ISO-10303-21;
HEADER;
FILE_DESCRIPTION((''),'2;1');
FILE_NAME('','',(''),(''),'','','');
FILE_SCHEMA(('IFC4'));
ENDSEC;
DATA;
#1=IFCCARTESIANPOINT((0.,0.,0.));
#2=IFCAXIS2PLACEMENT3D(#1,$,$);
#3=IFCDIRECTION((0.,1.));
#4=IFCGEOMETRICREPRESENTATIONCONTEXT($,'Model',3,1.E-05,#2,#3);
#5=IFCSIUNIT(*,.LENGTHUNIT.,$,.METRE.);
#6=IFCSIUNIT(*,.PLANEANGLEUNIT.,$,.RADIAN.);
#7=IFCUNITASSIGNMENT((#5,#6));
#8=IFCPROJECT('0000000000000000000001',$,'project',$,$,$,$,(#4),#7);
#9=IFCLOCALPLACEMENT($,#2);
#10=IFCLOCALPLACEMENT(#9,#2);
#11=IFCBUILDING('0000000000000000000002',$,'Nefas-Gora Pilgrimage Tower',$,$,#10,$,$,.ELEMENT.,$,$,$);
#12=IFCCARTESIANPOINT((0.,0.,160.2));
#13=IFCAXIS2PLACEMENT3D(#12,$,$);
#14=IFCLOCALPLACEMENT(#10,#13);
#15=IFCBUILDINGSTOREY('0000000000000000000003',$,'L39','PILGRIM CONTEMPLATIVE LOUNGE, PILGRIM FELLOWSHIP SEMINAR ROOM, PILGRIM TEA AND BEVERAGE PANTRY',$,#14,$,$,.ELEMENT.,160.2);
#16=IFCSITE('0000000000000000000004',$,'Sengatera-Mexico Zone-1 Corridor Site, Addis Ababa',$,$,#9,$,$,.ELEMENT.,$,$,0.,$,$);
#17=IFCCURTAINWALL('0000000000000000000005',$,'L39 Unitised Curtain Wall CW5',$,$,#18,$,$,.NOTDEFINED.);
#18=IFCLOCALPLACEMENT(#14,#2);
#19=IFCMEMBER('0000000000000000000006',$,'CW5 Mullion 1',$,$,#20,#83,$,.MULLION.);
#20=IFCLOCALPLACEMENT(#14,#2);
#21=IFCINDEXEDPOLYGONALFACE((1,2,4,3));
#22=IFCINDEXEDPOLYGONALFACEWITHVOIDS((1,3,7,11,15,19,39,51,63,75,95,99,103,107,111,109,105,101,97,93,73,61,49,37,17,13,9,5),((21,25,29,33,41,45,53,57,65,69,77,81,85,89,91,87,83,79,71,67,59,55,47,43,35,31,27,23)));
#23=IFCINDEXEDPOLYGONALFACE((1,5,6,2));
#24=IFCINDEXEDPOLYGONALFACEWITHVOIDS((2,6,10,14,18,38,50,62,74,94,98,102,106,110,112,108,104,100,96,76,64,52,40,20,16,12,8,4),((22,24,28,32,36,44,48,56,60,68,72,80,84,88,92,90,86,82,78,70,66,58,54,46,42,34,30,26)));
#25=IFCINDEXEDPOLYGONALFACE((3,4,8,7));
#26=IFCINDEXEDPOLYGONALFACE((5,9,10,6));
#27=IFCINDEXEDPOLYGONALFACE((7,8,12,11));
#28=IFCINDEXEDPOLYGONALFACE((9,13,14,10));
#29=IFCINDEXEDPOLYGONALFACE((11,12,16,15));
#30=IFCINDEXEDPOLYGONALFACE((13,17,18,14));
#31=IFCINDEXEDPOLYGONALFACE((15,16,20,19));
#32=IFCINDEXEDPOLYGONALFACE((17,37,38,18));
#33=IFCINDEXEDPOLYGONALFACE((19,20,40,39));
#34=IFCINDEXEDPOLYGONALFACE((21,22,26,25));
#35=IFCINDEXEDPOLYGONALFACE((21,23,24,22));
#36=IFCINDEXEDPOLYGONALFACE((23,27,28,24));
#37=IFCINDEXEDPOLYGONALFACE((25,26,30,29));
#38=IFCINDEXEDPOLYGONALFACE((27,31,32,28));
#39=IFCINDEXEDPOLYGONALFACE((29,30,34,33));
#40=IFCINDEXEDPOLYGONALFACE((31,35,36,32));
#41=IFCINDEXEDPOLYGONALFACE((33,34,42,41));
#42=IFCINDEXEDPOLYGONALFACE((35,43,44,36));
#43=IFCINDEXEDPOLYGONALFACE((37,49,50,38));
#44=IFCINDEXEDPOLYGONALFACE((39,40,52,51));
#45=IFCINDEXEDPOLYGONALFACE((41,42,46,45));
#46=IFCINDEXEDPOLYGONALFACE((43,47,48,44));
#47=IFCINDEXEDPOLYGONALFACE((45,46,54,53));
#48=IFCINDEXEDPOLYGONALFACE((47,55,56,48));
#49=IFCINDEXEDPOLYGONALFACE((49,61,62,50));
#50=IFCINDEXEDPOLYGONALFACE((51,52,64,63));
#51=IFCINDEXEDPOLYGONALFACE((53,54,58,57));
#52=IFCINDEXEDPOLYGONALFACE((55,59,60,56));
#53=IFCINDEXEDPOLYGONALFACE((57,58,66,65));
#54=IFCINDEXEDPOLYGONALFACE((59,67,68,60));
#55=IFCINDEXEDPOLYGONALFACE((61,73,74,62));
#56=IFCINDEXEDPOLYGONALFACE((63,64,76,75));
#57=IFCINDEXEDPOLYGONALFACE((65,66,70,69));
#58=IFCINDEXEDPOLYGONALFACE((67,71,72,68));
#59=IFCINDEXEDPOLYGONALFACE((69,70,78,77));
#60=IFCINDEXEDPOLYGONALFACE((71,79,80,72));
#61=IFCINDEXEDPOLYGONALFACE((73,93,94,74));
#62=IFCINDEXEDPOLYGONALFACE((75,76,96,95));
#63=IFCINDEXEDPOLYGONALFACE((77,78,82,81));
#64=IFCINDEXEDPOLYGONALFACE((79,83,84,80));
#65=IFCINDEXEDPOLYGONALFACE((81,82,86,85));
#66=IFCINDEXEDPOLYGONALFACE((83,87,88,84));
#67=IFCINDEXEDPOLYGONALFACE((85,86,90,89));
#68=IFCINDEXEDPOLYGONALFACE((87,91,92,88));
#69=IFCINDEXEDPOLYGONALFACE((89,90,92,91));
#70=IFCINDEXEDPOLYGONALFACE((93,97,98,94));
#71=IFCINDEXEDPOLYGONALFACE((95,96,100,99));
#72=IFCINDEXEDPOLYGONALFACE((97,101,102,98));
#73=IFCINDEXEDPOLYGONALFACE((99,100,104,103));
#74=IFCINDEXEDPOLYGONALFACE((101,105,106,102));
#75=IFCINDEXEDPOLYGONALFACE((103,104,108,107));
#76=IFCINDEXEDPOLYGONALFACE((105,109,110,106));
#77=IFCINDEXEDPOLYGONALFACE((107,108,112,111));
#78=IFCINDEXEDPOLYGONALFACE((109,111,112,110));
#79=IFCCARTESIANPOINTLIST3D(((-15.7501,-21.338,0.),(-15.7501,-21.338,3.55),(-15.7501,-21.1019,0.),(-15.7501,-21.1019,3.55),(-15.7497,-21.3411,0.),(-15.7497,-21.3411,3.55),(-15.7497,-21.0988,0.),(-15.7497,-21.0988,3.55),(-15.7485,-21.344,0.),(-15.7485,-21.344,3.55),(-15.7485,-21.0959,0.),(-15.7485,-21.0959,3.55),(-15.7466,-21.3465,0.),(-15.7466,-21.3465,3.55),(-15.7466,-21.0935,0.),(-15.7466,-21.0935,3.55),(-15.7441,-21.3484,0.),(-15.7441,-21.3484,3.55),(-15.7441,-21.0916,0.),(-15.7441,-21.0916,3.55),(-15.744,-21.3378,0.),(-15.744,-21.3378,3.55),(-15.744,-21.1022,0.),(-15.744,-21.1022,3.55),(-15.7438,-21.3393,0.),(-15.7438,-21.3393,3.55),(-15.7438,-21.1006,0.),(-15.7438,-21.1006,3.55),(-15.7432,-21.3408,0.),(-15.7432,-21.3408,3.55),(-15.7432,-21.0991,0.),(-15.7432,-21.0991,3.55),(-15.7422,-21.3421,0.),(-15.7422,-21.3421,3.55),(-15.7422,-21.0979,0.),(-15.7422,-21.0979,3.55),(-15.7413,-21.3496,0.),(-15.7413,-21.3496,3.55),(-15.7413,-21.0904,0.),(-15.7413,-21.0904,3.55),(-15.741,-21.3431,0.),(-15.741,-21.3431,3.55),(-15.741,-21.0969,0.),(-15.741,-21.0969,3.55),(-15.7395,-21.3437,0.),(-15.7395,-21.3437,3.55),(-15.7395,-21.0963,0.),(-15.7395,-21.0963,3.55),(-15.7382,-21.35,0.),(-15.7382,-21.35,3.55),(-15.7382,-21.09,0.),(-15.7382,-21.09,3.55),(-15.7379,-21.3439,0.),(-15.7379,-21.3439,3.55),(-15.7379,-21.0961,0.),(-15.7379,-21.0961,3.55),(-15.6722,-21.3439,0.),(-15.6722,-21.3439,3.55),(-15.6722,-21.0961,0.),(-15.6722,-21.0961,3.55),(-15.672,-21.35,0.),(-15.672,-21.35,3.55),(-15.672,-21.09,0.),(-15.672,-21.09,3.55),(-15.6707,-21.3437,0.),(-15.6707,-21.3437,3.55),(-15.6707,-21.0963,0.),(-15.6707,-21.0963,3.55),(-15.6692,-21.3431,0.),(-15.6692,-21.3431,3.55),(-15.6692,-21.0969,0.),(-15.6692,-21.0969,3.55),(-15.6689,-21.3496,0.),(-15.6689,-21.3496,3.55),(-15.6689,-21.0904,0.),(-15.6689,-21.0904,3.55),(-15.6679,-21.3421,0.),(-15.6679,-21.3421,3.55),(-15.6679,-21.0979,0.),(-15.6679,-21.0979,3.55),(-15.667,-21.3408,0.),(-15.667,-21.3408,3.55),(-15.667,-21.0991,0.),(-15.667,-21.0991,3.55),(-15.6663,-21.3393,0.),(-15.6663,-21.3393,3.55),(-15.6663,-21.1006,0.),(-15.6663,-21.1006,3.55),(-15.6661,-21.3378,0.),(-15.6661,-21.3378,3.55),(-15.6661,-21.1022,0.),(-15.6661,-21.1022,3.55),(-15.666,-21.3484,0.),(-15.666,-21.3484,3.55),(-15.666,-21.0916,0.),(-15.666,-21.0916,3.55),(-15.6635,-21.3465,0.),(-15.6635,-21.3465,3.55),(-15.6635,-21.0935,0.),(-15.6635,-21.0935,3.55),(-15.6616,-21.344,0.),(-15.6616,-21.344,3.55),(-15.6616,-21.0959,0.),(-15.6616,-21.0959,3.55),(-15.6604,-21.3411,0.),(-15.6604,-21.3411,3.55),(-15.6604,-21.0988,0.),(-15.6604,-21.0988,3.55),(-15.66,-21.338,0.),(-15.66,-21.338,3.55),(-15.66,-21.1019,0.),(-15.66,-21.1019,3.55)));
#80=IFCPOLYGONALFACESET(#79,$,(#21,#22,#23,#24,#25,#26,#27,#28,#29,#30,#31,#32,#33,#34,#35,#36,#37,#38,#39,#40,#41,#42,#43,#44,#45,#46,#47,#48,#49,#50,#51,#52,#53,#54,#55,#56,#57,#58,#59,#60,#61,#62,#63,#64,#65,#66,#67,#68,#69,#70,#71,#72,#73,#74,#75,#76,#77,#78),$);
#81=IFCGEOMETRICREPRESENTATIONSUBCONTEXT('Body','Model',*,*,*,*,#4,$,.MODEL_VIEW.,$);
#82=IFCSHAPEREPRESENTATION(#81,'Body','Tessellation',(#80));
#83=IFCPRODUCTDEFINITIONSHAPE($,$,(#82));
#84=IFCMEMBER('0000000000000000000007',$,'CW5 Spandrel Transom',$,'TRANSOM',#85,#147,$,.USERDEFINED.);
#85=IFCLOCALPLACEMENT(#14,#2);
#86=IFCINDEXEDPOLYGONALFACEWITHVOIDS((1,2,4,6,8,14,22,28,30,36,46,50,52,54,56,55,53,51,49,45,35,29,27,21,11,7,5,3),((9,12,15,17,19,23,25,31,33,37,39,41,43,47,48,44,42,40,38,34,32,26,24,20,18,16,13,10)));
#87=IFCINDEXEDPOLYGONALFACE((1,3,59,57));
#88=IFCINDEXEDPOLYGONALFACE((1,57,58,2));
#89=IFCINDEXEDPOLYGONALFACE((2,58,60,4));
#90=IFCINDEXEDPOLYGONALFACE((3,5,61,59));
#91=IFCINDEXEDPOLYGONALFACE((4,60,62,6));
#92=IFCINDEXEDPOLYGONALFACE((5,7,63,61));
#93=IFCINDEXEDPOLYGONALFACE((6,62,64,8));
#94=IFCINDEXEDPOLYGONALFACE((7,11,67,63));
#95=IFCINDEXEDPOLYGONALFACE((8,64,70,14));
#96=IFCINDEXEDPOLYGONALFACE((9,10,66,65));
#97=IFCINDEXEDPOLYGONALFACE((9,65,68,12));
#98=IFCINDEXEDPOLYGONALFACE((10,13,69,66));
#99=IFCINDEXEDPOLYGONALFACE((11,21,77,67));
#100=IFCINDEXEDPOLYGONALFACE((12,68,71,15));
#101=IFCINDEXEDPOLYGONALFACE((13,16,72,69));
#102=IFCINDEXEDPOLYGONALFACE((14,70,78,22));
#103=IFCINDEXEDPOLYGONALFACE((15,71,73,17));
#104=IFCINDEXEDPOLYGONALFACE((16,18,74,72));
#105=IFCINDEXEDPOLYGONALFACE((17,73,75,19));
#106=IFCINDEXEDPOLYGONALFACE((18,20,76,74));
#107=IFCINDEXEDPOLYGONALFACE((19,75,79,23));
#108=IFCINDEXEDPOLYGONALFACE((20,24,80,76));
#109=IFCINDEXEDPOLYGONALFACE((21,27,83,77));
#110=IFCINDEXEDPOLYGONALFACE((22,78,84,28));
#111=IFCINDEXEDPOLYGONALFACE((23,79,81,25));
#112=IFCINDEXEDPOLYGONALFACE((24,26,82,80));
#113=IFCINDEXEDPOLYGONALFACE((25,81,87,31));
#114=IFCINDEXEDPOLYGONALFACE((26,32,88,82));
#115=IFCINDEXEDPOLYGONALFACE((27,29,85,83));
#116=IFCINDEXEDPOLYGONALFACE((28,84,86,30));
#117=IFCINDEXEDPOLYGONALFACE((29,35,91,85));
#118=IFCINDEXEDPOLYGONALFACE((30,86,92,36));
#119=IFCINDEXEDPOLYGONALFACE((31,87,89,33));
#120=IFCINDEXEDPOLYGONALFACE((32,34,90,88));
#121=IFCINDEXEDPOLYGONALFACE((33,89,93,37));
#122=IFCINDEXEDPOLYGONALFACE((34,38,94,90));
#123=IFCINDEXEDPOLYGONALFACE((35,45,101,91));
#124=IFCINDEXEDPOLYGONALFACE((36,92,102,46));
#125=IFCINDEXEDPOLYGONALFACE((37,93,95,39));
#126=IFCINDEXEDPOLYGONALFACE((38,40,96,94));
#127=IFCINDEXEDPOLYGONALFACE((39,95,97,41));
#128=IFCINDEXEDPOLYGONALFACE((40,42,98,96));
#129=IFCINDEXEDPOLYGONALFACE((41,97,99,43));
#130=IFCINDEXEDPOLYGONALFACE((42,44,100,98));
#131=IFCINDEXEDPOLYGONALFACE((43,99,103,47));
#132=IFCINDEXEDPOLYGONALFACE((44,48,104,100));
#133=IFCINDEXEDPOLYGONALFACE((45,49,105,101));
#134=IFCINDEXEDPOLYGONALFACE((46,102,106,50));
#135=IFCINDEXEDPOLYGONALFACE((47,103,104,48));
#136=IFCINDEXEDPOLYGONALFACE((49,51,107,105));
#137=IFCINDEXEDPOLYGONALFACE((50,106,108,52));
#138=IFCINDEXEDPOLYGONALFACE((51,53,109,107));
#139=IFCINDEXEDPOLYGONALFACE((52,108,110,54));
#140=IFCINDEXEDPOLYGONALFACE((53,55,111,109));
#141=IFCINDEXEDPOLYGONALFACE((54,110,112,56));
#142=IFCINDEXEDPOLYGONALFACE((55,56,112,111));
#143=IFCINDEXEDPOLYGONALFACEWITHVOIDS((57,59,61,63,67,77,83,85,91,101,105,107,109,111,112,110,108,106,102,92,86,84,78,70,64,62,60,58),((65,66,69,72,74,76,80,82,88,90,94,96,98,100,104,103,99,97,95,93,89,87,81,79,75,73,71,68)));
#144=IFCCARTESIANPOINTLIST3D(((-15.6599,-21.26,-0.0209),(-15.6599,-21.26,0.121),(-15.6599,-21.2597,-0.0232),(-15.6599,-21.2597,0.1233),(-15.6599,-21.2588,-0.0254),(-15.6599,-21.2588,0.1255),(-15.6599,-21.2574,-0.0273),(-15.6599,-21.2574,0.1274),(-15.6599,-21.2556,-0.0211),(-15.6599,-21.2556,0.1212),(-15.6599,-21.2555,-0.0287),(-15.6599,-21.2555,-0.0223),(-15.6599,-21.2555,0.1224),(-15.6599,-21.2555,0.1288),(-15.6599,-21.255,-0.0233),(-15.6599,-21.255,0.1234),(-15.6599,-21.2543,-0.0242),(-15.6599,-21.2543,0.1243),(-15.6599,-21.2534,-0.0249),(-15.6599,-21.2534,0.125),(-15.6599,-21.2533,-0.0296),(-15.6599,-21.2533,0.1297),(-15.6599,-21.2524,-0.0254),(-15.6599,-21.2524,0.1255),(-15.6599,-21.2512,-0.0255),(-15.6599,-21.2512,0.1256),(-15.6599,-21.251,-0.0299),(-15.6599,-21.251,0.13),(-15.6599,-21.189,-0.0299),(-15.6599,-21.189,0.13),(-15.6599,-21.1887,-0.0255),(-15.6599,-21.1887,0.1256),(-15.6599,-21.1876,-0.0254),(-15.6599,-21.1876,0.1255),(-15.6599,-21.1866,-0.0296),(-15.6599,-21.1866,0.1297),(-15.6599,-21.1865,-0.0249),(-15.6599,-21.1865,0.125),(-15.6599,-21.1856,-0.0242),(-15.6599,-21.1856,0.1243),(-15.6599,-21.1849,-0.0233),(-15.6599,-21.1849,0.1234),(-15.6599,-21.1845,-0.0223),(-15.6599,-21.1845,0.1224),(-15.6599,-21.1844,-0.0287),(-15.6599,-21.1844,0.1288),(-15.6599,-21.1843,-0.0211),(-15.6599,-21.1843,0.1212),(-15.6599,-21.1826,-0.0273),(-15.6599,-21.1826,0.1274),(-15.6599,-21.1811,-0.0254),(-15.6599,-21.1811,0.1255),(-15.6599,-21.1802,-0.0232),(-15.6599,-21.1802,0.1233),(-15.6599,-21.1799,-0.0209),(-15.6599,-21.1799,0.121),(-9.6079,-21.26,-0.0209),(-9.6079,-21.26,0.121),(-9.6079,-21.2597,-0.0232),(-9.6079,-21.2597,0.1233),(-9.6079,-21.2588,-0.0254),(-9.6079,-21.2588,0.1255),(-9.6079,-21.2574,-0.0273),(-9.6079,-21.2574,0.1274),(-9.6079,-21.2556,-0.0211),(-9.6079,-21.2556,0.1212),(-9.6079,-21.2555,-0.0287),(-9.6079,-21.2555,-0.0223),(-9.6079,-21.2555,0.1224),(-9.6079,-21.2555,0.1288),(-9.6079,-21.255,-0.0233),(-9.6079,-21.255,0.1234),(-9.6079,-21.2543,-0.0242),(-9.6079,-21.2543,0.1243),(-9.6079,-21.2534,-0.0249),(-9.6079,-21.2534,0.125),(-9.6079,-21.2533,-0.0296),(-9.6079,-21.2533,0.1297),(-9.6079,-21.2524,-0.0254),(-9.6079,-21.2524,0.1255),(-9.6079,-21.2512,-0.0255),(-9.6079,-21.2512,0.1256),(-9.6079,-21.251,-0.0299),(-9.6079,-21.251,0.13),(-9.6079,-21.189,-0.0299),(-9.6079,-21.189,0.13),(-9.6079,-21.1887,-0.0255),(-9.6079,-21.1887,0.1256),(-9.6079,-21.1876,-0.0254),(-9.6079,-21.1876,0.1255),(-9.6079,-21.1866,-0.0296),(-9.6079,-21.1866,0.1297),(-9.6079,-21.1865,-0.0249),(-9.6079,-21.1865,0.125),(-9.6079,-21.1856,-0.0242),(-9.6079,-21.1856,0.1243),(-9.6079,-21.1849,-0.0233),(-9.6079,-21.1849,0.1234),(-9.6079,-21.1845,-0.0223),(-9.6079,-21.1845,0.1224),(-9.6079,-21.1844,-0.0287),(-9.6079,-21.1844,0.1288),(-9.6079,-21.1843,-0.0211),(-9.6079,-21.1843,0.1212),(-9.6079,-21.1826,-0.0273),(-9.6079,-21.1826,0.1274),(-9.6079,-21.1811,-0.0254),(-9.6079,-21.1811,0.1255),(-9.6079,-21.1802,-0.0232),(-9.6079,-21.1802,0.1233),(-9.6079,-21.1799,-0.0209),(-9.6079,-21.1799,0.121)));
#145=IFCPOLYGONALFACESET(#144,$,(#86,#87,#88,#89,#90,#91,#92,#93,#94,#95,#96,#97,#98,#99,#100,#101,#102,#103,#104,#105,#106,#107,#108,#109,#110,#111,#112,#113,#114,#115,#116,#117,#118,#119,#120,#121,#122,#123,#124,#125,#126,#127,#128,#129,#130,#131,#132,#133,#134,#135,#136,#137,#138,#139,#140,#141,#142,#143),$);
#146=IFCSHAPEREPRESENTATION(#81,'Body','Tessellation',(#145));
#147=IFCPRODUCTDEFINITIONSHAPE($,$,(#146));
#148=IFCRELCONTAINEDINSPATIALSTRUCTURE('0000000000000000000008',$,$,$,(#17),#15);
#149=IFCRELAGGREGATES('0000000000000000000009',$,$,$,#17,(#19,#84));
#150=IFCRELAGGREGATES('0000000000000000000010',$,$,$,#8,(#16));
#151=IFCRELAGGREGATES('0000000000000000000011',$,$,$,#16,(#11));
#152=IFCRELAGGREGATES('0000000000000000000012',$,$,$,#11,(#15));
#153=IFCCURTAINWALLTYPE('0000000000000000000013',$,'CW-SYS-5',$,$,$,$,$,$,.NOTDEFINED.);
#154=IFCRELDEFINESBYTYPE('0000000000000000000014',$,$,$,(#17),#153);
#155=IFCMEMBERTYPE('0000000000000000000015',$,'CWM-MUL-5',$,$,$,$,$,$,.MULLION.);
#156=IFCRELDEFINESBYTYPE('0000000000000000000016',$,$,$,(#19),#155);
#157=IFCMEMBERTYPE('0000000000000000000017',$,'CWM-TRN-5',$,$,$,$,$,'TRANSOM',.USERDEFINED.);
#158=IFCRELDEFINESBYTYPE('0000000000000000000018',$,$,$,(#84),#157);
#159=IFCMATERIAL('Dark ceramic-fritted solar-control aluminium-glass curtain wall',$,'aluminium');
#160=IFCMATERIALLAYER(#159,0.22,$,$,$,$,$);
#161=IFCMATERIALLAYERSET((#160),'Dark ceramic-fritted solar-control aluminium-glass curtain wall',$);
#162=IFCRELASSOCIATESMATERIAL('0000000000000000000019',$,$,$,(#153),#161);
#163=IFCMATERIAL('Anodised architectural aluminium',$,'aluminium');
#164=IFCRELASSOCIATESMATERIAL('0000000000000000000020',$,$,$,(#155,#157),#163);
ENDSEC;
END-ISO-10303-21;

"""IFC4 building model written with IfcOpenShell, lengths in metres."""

from ifc_helpers import new_model, si_unit, direction, frame, origin, origin_2d, place, context, subcontext, project, spatial, hollow_rectangle, extrude, source, transform, mapped, material, layer, layer_set, material_profile, profile_set, type_object, element, aggregate, save


model = new_model("IFC4")

# Units and contexts
model_context = context("Model", 3, precision=1e-05, world=origin(), true_north=direction((0.0, 1.0)))
body_context = subcontext(model_context, "Body", "Model", "MODEL_VIEW")
ifc_project = project(units=[si_unit("LENGTHUNIT", "METRE"), si_unit("PLANEANGLEUNIT", "RADIAN")], contexts=[model_context])

# Site, building, storey
site_placement = place(None, origin())
site = spatial("IfcSite", under=ifc_project, at=site_placement, Name="Sengatera-Mexico Zone-1 Corridor Site, Addis Ababa", CompositionType="ELEMENT", RefElevation=0.0)
building_placement = place(site_placement, origin())
building = spatial("IfcBuilding", under=site, at=building_placement, Name="Nefas-Gora Pilgrimage Tower", CompositionType="ELEMENT")
storey_placement = place(building_placement, frame((0.0, 0.0, 160.2)))
storey = spatial("IfcBuildingStorey", under=building, at=storey_placement, Name="L39", Description="PILGRIM CONTEMPLATIVE LOUNGE, PILGRIM FELLOWSHIP SEMINAR ROOM, PILGRIM TEA AND BEVERAGE PANTRY", CompositionType="ELEMENT", Elevation=160.2)

# Curtain wall, members
ifc_material_1 = material(Name="Dark ceramic-fritted solar-control aluminium-glass curtain wall", Category="aluminium")
ifc_layer_1 = layer(ifc_material_1, 0.22)
ifc_layer_set_1 = layer_set([ifc_layer_1], Name="Dark ceramic-fritted solar-control aluminium-glass curtain wall")
curtain_wall_type_1 = type_object("IfcCurtainWallType", Name="CW-SYS-5", PredefinedType="NOTDEFINED", material=ifc_layer_set_1)
curtain_wall_1_placement = place(storey_placement, origin())
curtain_wall_1 = element("IfcCurtainWall", 1, at=curtain_wall_1_placement, inside=storey, type_object=curtain_wall_type_1, Name="L39 Unitised Curtain Wall CW5", PredefinedType="NOTDEFINED")
ifc_material_2 = material(Name="Anodised architectural aluminium", Category="aluminium")
ifc_material_profile_1 = material_profile(ifc_material_2, hollow_rectangle(XDim=0.0901, YDim=0.26, WallThickness=0.0061, InnerFilletRadius=0.0061, OuterFilletRadius=0.012, at=origin_2d()), Name="ALU MULLION 90x260")
ifc_profile_set_1 = profile_set([ifc_material_profile_1], Name="Anodised architectural aluminium")
member_type_1 = type_object("IfcMemberType", Name="CWM-MUL-5", PredefinedType="MULLION", material=ifc_profile_set_1)
shared_shape_1 = source(origin(), body_context, "Body", "SweptSolid", [
    extrude(hollow_rectangle(XDim=0.0901, YDim=0.26, WallThickness=0.0061, InnerFilletRadius=0.0061, OuterFilletRadius=0.012, at=origin_2d()), origin(), (0.0, 0.0, 1.0), 3.55),
])
member_1_placement = place(storey_placement, frame((-15.7051, -21.22, 0.0), z_axis=(0.0, 0.0, 1.0), x_axis=(1.0, 0.0, 0.0)))
member_1 = element("IfcMember", 2, at=member_1_placement, type_object=member_type_1, Name="CW5 Mullion 1", PredefinedType="MULLION", context=body_context, shape_type="MappedRepresentation", body=[
    mapped(shared_shape_1, transform((0.0, 0.0, 0.0), x_axis=(1.0, 0.0, 0.0), y_axis=(0.0, 1.0, 0.0), z_axis=(0.0, 0.0, 1.0), scale=1.0)),
])
ifc_material_profile_2 = material_profile(ifc_material_2, hollow_rectangle(XDim=0.0801, YDim=0.1599, WallThickness=0.0044, InnerFilletRadius=0.0044, OuterFilletRadius=0.009, at=origin_2d()), Name="ALU TRANSOM 80x160")
ifc_profile_set_2 = profile_set([ifc_material_profile_2], Name="Anodised architectural aluminium")
member_type_2 = type_object("IfcMemberType", Name="CWM-TRN-5", ElementType="TRANSOM", PredefinedType="USERDEFINED", material=ifc_profile_set_2)
shared_shape_2 = source(origin(), body_context, "Body", "SweptSolid", [
    extrude(hollow_rectangle(XDim=0.0801, YDim=0.1599, WallThickness=0.0044, InnerFilletRadius=0.0044, OuterFilletRadius=0.009, at=origin_2d()), origin(), (0.0, 0.0, 1.0), 6.052),
])
member_2_placement = place(storey_placement, frame((-15.6599, -21.22, 0.05), z_axis=(1.0, 0.0, 0.0), x_axis=(0.0, 1.0, 0.0)))
member_2 = element("IfcMember", 3, at=member_2_placement, type_object=member_type_2, Name="CW5 Spandrel Transom", ObjectType="TRANSOM", PredefinedType="USERDEFINED", context=body_context, shape_type="MappedRepresentation", body=[
    mapped(shared_shape_2, transform((0.0, 0.0, 0.0), x_axis=(1.0, 0.0, 0.0), y_axis=(0.0, 1.0, 0.0), z_axis=(0.0, 0.0, 1.0), scale=1.0)),
])
aggregate(curtain_wall_1, [member_1, member_2])

save(model, "model.ifc")
